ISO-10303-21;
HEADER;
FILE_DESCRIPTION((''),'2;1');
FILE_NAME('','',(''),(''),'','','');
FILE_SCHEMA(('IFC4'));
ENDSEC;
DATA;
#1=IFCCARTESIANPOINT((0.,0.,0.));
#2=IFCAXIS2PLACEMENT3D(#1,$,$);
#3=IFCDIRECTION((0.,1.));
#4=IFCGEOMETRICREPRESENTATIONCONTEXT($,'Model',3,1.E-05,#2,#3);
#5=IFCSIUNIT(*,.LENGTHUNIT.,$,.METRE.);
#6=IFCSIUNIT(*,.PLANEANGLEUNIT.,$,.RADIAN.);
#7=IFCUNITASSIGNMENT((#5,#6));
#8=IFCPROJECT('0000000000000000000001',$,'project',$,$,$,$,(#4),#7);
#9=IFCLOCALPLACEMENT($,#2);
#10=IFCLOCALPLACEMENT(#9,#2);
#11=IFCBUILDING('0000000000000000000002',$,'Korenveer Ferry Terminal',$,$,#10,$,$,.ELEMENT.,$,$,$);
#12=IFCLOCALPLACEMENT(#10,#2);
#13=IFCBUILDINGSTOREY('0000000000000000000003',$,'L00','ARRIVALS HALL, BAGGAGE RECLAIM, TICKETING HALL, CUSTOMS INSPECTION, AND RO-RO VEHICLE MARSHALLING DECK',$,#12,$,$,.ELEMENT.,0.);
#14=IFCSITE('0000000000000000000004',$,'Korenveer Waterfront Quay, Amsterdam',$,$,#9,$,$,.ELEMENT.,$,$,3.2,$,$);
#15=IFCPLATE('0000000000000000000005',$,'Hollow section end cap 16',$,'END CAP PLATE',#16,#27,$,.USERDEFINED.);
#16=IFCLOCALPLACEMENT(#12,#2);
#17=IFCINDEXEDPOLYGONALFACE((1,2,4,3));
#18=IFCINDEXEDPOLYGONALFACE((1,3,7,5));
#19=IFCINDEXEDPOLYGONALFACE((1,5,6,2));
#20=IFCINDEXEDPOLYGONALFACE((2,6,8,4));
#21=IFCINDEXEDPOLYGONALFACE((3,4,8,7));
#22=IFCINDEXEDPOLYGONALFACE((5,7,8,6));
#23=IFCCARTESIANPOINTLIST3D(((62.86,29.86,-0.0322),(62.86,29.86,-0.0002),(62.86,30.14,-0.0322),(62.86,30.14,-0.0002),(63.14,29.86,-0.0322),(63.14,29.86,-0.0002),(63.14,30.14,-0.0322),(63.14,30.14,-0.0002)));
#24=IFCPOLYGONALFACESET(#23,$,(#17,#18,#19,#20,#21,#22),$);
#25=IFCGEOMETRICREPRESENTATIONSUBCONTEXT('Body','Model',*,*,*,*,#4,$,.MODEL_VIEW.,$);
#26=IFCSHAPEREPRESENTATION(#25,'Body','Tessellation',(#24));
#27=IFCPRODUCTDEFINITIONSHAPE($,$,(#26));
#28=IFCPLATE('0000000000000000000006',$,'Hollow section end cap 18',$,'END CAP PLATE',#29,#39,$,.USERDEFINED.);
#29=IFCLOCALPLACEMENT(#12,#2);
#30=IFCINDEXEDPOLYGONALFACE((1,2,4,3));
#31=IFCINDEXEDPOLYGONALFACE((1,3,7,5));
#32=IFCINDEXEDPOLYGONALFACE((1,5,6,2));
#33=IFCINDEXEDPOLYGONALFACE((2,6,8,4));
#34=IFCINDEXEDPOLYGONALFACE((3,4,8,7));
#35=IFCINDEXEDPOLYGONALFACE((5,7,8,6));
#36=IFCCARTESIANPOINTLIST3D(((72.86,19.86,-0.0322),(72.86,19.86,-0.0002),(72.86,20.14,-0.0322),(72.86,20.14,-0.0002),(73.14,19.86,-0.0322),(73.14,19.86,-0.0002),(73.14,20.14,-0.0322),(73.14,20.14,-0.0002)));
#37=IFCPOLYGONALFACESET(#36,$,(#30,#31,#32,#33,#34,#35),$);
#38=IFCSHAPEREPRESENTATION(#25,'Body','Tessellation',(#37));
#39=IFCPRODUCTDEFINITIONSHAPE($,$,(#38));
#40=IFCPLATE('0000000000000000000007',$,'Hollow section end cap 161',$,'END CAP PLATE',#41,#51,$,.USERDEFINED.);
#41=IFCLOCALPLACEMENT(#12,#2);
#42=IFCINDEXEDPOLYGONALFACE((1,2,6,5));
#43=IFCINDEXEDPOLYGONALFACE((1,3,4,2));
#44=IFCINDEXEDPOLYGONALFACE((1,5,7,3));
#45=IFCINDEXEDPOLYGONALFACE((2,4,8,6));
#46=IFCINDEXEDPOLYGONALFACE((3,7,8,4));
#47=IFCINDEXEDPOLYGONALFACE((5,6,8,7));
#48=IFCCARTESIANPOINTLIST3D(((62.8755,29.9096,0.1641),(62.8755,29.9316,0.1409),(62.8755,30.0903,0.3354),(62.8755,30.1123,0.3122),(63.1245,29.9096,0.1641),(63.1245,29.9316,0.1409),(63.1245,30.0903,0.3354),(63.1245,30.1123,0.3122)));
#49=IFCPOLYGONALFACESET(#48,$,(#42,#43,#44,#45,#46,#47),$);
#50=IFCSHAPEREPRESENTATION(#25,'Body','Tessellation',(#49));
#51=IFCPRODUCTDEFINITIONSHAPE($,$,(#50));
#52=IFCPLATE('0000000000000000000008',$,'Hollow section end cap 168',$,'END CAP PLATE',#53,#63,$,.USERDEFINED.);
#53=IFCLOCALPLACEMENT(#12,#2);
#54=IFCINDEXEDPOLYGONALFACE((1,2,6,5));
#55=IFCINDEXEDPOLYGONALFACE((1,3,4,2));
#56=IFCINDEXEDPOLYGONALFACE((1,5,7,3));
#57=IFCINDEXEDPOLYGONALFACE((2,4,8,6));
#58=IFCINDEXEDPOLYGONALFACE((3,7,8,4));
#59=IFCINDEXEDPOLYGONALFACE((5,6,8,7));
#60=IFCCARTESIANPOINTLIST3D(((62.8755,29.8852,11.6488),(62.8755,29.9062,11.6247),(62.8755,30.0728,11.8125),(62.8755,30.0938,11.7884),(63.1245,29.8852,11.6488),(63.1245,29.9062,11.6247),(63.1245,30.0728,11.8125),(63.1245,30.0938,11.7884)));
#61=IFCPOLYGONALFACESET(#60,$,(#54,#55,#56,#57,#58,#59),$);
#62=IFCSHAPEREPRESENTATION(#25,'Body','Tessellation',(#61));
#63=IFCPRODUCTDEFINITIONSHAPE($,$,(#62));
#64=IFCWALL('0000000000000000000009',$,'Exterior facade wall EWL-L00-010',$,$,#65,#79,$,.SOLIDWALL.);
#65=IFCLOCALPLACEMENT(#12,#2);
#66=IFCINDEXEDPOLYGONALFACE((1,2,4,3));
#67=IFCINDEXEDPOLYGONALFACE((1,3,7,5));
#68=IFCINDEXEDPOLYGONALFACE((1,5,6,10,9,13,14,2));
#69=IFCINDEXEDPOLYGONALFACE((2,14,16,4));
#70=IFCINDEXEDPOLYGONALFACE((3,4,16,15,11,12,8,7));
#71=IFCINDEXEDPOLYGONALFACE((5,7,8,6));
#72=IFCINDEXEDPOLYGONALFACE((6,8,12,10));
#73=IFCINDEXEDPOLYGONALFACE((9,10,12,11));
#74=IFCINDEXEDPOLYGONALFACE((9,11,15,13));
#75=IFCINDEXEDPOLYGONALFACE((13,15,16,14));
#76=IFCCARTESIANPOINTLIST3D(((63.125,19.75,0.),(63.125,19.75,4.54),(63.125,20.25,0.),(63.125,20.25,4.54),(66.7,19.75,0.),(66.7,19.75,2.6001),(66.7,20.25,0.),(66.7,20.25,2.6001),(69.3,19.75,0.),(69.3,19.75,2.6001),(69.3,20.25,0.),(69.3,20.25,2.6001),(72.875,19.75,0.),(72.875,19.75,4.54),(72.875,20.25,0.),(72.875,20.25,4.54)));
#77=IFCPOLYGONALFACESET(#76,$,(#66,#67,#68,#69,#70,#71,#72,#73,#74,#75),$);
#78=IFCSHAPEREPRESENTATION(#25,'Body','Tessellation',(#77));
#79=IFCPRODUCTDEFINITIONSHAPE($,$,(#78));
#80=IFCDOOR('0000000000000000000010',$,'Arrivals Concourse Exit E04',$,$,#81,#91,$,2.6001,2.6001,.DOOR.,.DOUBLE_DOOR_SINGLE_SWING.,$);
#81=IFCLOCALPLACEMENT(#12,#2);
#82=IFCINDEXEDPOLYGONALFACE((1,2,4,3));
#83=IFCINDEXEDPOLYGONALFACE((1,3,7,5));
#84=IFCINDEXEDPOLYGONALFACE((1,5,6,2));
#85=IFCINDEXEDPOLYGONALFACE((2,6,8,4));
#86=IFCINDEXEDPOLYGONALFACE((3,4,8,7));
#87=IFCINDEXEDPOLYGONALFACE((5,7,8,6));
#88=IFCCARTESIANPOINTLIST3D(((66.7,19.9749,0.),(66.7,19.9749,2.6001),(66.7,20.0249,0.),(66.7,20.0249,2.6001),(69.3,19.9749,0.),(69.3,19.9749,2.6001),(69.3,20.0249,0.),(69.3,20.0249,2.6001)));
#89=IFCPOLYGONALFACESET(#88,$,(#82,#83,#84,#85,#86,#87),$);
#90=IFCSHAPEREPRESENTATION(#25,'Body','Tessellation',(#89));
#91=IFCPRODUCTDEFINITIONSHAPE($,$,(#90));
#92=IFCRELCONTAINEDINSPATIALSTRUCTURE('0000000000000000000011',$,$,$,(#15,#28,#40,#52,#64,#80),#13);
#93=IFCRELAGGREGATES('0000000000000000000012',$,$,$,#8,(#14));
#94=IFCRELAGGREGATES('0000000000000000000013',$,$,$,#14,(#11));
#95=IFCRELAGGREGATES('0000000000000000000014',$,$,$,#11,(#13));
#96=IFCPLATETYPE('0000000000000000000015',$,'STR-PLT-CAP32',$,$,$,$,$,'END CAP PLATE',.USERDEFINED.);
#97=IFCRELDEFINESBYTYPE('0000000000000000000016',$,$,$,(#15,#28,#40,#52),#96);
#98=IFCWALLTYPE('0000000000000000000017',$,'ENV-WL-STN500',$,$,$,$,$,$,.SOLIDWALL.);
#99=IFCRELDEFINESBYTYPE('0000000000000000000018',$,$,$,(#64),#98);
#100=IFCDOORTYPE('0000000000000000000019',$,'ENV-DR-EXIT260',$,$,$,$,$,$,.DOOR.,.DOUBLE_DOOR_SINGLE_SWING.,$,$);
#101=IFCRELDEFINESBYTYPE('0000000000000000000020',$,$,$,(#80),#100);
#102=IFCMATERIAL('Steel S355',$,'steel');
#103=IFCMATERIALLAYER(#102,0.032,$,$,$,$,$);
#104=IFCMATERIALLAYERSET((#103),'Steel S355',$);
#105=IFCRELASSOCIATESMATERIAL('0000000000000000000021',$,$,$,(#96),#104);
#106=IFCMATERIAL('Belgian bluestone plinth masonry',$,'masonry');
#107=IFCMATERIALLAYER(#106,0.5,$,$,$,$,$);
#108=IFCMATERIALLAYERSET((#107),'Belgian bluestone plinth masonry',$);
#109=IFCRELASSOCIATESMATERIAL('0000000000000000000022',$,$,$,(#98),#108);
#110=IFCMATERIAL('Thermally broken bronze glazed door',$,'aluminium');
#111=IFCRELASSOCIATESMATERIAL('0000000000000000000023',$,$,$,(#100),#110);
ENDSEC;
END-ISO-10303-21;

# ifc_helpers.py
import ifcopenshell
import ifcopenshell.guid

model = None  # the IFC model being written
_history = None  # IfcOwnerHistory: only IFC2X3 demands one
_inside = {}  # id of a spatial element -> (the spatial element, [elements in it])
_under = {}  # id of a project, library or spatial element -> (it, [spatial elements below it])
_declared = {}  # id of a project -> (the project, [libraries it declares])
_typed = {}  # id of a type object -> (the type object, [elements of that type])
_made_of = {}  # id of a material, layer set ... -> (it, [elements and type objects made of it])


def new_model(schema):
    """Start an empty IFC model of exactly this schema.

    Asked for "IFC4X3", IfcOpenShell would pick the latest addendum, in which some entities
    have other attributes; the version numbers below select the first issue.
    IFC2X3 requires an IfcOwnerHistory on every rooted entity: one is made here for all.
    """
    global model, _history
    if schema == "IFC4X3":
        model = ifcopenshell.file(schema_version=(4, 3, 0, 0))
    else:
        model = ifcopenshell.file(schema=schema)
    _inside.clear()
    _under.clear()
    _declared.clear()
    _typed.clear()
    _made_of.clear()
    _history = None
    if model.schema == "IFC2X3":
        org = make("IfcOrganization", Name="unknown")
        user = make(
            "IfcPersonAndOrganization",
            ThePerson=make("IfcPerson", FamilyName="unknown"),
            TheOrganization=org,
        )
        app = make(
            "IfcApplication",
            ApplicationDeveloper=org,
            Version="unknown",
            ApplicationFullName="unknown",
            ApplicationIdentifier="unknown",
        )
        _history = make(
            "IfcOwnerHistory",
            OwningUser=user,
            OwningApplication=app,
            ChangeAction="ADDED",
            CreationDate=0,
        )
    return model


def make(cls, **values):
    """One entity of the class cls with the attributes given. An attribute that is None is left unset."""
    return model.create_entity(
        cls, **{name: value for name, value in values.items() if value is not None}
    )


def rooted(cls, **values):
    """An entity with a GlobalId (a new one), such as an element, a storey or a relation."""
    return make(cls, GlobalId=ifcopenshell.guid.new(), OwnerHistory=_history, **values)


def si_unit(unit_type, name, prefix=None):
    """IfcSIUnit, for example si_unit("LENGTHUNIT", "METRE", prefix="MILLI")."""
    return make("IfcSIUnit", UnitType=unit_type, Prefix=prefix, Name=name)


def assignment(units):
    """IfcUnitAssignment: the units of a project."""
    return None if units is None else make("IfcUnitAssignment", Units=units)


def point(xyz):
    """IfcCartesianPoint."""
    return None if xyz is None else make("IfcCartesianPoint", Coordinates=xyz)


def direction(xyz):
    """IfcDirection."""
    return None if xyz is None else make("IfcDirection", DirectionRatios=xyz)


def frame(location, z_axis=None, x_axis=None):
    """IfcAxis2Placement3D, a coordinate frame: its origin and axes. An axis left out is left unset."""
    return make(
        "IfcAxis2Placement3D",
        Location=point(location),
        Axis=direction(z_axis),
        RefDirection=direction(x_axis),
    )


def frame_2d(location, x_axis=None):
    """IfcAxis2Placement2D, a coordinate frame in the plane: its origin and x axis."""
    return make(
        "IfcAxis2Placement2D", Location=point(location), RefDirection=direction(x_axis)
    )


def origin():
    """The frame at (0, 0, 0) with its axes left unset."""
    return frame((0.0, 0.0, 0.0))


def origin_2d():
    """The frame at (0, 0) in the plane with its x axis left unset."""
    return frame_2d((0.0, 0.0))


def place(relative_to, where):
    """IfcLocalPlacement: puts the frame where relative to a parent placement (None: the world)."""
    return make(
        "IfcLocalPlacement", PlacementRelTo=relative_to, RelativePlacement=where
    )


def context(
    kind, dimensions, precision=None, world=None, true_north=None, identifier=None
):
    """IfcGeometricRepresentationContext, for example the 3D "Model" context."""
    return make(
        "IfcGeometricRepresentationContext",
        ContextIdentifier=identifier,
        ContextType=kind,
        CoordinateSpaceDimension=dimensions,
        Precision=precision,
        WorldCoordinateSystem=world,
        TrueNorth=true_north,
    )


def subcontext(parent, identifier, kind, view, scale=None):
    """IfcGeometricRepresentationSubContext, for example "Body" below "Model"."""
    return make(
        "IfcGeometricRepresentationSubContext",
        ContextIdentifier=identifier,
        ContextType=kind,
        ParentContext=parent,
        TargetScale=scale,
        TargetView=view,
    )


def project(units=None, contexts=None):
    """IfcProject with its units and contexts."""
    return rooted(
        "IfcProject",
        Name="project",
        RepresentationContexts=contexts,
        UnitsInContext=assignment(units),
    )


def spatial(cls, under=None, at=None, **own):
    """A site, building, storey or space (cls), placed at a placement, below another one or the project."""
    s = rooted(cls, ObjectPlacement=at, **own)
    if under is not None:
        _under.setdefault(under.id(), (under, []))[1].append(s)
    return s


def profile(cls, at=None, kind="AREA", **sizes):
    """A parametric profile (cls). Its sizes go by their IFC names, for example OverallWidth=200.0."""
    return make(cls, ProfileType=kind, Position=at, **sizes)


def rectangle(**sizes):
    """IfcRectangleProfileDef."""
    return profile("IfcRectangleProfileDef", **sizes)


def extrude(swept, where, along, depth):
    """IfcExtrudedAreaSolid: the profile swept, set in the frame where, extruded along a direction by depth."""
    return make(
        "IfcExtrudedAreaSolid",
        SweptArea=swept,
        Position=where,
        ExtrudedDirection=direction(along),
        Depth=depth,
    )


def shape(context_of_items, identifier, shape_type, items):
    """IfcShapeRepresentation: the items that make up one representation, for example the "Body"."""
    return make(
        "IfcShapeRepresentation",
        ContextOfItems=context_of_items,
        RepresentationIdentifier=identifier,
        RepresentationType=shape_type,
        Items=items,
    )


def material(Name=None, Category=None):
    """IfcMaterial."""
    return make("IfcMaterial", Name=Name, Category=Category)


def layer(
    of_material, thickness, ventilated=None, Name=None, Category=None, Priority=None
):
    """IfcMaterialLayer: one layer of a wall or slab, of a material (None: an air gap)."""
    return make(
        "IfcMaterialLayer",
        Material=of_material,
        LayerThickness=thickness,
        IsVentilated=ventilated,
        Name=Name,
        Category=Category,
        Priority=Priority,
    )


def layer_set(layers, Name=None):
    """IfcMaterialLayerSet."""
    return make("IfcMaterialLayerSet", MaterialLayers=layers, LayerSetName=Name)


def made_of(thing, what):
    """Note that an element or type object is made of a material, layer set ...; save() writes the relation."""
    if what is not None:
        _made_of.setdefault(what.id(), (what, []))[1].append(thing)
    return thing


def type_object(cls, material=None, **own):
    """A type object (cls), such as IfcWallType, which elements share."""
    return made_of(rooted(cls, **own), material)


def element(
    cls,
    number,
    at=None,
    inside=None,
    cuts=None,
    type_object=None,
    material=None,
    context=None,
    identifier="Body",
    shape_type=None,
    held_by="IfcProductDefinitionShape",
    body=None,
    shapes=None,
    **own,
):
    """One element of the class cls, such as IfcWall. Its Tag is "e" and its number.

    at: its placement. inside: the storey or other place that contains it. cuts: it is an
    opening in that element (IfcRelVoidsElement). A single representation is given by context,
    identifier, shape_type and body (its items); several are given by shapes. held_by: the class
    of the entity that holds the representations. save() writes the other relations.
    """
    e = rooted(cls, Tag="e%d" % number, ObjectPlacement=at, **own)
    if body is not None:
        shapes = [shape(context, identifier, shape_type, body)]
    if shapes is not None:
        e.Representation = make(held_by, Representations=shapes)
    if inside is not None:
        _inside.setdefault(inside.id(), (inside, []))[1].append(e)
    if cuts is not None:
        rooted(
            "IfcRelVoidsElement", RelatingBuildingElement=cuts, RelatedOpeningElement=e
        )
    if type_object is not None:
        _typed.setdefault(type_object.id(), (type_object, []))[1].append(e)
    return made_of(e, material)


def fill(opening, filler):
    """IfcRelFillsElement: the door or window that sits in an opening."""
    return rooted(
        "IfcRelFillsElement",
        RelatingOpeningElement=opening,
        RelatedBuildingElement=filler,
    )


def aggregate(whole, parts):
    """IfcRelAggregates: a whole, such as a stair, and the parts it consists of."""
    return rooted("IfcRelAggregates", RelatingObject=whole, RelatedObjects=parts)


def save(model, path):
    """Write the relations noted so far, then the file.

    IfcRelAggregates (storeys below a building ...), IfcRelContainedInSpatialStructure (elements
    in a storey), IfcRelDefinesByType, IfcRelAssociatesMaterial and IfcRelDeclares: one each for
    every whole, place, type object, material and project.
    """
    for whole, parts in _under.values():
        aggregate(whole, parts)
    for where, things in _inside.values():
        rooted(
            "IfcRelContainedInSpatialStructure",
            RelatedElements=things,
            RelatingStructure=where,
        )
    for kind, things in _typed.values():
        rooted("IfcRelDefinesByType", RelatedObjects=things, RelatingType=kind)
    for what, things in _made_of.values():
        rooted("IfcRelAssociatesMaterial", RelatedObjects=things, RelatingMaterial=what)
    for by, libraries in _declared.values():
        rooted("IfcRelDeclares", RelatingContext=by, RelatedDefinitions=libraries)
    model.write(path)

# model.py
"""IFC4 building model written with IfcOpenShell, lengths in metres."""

from ifc_helpers import new_model, si_unit, direction, frame, frame_2d, origin, origin_2d, place, context, subcontext, project, spatial, rectangle, extrude, material, layer, layer_set, type_object, element, fill, save


model = new_model("IFC4")

# Units and contexts
model_context = context("Model", 3, precision=1e-05, world=origin(), true_north=direction((0.0, 1.0)))
body_context = subcontext(model_context, "Body", "Model", "MODEL_VIEW")
ifc_project = project(units=[si_unit("LENGTHUNIT", "METRE"), si_unit("PLANEANGLEUNIT", "RADIAN")], contexts=[model_context])

# Site, building, storey
site_placement = place(None, origin())
site = spatial("IfcSite", under=ifc_project, at=site_placement, Name="Korenveer Waterfront Quay, Amsterdam", CompositionType="ELEMENT", RefElevation=3.2)
building_placement = place(site_placement, origin())
building = spatial("IfcBuilding", under=site, at=building_placement, Name="Korenveer Ferry Terminal", CompositionType="ELEMENT")
storey_placement = place(building_placement, origin())
storey = spatial("IfcBuildingStorey", under=building, at=storey_placement, Name="L00", Description="ARRIVALS HALL, BAGGAGE RECLAIM, TICKETING HALL, CUSTOMS INSPECTION, AND RO-RO VEHICLE MARSHALLING DECK", CompositionType="ELEMENT", Elevation=0.0)

# Shared definitions
ifc_material_1 = material(Name="Steel S355", Category="steel")

# Plates
ifc_layer_1 = layer(ifc_material_1, 0.032)
ifc_layer_set_1 = layer_set([ifc_layer_1], Name="Steel S355")
plate_type = type_object("IfcPlateType", Name="STR-PLT-CAP32", ElementType="END CAP PLATE", PredefinedType="USERDEFINED", material=ifc_layer_set_1)
for number, where, z_axis, x_axis, name in (
    (1, (63.0, 30.0, -0.0322), (0.0, 0.0, 1.0), (1.0, 0.0, 0.0), "Hollow section end cap 16"),
    (2, (73.0, 20.0, -0.0322), (0.0, 0.0, 1.0), (1.0, 0.0, 0.0), "Hollow section end cap 18"),
):
    element("IfcPlate", number, at=place(storey_placement, frame(where, z_axis=z_axis, x_axis=x_axis)), inside=storey, type_object=plate_type, Name=name, ObjectType="END CAP PLATE", PredefinedType="USERDEFINED", context=body_context, shape_type="SweptSolid", body=[
        extrude(rectangle(XDim=0.28, YDim=0.28, at=origin_2d()), origin(), (0.0, 0.0, 1.0), 0.032),
    ])
for number, where, z_axis, x_axis, name in (
    (3, (63.0, 30.022, 0.2266), (0.0, -0.687992, 0.725718), (1.0, 0.0, 0.0), "Hollow section end cap 161"),
    (4, (63.0, 30.0, 11.7065), (0.0, -0.657599, 0.753368), (1.0, 0.0, 0.0), "Hollow section end cap 168"),
):
    element("IfcPlate", number, at=place(storey_placement, frame(where, z_axis=z_axis, x_axis=x_axis)), inside=storey, type_object=plate_type, Name=name, ObjectType="END CAP PLATE", PredefinedType="USERDEFINED", context=body_context, shape_type="SweptSolid", body=[
        extrude(rectangle(XDim=0.249, YDim=0.249, at=origin_2d()), origin(), (0.0, 0.0, 1.0), 0.032),
    ])

# Wall, opening, door
ifc_material_2 = material(Name="Belgian bluestone plinth masonry", Category="masonry")
ifc_layer_2 = layer(ifc_material_2, 0.5)
ifc_layer_set_2 = layer_set([ifc_layer_2], Name="Belgian bluestone plinth masonry")
wall_type = type_object("IfcWallType", Name="ENV-WL-STN500", PredefinedType="SOLIDWALL", material=ifc_layer_set_2)
wall_placement = place(storey_placement, frame((63.125, 20.0, 0.0), z_axis=(0.0, 0.0, 1.0), x_axis=(1.0, 0.0, 0.0)))
wall = element("IfcWall", 5, at=wall_placement, inside=storey, type_object=wall_type, Name="Exterior facade wall EWL-L00-010", PredefinedType="SOLIDWALL", context=body_context, shape_type="SweptSolid", body=[
    extrude(rectangle(XDim=9.75, YDim=0.5, at=frame_2d((4.875, 0.0))), origin(), (0.0, 0.0, 1.0), 4.54),
])
opening_placement = place(wall_placement, frame((3.575, 0.0, 0.0)))
opening = element("IfcOpeningElement", 6, at=opening_placement, cuts=wall, PredefinedType="OPENING", context=body_context, shape_type="SweptSolid", body=[
    extrude(rectangle(XDim=2.6001, YDim=2.6001, at=frame_2d((1.3, 1.3))), frame((0.0, 0.26, 0.0), z_axis=(0.0, -1.0, 0.0), x_axis=(1.0, 0.0, 0.0)), (0.0, 0.0, 1.0), 0.52),
])
ifc_material_3 = material(Name="Thermally broken bronze glazed door", Category="aluminium")
door_type = type_object("IfcDoorType", Name="ENV-DR-EXIT260", OperationType="DOUBLE_DOOR_SINGLE_SWING", PredefinedType="DOOR", material=ifc_material_3)
door_placement = place(opening_placement, origin())
door = element("IfcDoor", 7, at=door_placement, inside=storey, type_object=door_type, Name="Arrivals Concourse Exit E04", OperationType="DOUBLE_DOOR_SINGLE_SWING", OverallHeight=2.6001, OverallWidth=2.6001, PredefinedType="DOOR", context=body_context, shape_type="SweptSolid", body=[
    extrude(rectangle(XDim=2.6001, YDim=2.6001, at=frame_2d((1.3, 1.3))), frame((0.0, 0.0249, 0.0), z_axis=(0.0, -1.0, 0.0), x_axis=(1.0, 0.0, 0.0)), (0.0, 0.0, 1.0), 0.05),
])
fill(opening, door)

save(model, "model.ifc")
